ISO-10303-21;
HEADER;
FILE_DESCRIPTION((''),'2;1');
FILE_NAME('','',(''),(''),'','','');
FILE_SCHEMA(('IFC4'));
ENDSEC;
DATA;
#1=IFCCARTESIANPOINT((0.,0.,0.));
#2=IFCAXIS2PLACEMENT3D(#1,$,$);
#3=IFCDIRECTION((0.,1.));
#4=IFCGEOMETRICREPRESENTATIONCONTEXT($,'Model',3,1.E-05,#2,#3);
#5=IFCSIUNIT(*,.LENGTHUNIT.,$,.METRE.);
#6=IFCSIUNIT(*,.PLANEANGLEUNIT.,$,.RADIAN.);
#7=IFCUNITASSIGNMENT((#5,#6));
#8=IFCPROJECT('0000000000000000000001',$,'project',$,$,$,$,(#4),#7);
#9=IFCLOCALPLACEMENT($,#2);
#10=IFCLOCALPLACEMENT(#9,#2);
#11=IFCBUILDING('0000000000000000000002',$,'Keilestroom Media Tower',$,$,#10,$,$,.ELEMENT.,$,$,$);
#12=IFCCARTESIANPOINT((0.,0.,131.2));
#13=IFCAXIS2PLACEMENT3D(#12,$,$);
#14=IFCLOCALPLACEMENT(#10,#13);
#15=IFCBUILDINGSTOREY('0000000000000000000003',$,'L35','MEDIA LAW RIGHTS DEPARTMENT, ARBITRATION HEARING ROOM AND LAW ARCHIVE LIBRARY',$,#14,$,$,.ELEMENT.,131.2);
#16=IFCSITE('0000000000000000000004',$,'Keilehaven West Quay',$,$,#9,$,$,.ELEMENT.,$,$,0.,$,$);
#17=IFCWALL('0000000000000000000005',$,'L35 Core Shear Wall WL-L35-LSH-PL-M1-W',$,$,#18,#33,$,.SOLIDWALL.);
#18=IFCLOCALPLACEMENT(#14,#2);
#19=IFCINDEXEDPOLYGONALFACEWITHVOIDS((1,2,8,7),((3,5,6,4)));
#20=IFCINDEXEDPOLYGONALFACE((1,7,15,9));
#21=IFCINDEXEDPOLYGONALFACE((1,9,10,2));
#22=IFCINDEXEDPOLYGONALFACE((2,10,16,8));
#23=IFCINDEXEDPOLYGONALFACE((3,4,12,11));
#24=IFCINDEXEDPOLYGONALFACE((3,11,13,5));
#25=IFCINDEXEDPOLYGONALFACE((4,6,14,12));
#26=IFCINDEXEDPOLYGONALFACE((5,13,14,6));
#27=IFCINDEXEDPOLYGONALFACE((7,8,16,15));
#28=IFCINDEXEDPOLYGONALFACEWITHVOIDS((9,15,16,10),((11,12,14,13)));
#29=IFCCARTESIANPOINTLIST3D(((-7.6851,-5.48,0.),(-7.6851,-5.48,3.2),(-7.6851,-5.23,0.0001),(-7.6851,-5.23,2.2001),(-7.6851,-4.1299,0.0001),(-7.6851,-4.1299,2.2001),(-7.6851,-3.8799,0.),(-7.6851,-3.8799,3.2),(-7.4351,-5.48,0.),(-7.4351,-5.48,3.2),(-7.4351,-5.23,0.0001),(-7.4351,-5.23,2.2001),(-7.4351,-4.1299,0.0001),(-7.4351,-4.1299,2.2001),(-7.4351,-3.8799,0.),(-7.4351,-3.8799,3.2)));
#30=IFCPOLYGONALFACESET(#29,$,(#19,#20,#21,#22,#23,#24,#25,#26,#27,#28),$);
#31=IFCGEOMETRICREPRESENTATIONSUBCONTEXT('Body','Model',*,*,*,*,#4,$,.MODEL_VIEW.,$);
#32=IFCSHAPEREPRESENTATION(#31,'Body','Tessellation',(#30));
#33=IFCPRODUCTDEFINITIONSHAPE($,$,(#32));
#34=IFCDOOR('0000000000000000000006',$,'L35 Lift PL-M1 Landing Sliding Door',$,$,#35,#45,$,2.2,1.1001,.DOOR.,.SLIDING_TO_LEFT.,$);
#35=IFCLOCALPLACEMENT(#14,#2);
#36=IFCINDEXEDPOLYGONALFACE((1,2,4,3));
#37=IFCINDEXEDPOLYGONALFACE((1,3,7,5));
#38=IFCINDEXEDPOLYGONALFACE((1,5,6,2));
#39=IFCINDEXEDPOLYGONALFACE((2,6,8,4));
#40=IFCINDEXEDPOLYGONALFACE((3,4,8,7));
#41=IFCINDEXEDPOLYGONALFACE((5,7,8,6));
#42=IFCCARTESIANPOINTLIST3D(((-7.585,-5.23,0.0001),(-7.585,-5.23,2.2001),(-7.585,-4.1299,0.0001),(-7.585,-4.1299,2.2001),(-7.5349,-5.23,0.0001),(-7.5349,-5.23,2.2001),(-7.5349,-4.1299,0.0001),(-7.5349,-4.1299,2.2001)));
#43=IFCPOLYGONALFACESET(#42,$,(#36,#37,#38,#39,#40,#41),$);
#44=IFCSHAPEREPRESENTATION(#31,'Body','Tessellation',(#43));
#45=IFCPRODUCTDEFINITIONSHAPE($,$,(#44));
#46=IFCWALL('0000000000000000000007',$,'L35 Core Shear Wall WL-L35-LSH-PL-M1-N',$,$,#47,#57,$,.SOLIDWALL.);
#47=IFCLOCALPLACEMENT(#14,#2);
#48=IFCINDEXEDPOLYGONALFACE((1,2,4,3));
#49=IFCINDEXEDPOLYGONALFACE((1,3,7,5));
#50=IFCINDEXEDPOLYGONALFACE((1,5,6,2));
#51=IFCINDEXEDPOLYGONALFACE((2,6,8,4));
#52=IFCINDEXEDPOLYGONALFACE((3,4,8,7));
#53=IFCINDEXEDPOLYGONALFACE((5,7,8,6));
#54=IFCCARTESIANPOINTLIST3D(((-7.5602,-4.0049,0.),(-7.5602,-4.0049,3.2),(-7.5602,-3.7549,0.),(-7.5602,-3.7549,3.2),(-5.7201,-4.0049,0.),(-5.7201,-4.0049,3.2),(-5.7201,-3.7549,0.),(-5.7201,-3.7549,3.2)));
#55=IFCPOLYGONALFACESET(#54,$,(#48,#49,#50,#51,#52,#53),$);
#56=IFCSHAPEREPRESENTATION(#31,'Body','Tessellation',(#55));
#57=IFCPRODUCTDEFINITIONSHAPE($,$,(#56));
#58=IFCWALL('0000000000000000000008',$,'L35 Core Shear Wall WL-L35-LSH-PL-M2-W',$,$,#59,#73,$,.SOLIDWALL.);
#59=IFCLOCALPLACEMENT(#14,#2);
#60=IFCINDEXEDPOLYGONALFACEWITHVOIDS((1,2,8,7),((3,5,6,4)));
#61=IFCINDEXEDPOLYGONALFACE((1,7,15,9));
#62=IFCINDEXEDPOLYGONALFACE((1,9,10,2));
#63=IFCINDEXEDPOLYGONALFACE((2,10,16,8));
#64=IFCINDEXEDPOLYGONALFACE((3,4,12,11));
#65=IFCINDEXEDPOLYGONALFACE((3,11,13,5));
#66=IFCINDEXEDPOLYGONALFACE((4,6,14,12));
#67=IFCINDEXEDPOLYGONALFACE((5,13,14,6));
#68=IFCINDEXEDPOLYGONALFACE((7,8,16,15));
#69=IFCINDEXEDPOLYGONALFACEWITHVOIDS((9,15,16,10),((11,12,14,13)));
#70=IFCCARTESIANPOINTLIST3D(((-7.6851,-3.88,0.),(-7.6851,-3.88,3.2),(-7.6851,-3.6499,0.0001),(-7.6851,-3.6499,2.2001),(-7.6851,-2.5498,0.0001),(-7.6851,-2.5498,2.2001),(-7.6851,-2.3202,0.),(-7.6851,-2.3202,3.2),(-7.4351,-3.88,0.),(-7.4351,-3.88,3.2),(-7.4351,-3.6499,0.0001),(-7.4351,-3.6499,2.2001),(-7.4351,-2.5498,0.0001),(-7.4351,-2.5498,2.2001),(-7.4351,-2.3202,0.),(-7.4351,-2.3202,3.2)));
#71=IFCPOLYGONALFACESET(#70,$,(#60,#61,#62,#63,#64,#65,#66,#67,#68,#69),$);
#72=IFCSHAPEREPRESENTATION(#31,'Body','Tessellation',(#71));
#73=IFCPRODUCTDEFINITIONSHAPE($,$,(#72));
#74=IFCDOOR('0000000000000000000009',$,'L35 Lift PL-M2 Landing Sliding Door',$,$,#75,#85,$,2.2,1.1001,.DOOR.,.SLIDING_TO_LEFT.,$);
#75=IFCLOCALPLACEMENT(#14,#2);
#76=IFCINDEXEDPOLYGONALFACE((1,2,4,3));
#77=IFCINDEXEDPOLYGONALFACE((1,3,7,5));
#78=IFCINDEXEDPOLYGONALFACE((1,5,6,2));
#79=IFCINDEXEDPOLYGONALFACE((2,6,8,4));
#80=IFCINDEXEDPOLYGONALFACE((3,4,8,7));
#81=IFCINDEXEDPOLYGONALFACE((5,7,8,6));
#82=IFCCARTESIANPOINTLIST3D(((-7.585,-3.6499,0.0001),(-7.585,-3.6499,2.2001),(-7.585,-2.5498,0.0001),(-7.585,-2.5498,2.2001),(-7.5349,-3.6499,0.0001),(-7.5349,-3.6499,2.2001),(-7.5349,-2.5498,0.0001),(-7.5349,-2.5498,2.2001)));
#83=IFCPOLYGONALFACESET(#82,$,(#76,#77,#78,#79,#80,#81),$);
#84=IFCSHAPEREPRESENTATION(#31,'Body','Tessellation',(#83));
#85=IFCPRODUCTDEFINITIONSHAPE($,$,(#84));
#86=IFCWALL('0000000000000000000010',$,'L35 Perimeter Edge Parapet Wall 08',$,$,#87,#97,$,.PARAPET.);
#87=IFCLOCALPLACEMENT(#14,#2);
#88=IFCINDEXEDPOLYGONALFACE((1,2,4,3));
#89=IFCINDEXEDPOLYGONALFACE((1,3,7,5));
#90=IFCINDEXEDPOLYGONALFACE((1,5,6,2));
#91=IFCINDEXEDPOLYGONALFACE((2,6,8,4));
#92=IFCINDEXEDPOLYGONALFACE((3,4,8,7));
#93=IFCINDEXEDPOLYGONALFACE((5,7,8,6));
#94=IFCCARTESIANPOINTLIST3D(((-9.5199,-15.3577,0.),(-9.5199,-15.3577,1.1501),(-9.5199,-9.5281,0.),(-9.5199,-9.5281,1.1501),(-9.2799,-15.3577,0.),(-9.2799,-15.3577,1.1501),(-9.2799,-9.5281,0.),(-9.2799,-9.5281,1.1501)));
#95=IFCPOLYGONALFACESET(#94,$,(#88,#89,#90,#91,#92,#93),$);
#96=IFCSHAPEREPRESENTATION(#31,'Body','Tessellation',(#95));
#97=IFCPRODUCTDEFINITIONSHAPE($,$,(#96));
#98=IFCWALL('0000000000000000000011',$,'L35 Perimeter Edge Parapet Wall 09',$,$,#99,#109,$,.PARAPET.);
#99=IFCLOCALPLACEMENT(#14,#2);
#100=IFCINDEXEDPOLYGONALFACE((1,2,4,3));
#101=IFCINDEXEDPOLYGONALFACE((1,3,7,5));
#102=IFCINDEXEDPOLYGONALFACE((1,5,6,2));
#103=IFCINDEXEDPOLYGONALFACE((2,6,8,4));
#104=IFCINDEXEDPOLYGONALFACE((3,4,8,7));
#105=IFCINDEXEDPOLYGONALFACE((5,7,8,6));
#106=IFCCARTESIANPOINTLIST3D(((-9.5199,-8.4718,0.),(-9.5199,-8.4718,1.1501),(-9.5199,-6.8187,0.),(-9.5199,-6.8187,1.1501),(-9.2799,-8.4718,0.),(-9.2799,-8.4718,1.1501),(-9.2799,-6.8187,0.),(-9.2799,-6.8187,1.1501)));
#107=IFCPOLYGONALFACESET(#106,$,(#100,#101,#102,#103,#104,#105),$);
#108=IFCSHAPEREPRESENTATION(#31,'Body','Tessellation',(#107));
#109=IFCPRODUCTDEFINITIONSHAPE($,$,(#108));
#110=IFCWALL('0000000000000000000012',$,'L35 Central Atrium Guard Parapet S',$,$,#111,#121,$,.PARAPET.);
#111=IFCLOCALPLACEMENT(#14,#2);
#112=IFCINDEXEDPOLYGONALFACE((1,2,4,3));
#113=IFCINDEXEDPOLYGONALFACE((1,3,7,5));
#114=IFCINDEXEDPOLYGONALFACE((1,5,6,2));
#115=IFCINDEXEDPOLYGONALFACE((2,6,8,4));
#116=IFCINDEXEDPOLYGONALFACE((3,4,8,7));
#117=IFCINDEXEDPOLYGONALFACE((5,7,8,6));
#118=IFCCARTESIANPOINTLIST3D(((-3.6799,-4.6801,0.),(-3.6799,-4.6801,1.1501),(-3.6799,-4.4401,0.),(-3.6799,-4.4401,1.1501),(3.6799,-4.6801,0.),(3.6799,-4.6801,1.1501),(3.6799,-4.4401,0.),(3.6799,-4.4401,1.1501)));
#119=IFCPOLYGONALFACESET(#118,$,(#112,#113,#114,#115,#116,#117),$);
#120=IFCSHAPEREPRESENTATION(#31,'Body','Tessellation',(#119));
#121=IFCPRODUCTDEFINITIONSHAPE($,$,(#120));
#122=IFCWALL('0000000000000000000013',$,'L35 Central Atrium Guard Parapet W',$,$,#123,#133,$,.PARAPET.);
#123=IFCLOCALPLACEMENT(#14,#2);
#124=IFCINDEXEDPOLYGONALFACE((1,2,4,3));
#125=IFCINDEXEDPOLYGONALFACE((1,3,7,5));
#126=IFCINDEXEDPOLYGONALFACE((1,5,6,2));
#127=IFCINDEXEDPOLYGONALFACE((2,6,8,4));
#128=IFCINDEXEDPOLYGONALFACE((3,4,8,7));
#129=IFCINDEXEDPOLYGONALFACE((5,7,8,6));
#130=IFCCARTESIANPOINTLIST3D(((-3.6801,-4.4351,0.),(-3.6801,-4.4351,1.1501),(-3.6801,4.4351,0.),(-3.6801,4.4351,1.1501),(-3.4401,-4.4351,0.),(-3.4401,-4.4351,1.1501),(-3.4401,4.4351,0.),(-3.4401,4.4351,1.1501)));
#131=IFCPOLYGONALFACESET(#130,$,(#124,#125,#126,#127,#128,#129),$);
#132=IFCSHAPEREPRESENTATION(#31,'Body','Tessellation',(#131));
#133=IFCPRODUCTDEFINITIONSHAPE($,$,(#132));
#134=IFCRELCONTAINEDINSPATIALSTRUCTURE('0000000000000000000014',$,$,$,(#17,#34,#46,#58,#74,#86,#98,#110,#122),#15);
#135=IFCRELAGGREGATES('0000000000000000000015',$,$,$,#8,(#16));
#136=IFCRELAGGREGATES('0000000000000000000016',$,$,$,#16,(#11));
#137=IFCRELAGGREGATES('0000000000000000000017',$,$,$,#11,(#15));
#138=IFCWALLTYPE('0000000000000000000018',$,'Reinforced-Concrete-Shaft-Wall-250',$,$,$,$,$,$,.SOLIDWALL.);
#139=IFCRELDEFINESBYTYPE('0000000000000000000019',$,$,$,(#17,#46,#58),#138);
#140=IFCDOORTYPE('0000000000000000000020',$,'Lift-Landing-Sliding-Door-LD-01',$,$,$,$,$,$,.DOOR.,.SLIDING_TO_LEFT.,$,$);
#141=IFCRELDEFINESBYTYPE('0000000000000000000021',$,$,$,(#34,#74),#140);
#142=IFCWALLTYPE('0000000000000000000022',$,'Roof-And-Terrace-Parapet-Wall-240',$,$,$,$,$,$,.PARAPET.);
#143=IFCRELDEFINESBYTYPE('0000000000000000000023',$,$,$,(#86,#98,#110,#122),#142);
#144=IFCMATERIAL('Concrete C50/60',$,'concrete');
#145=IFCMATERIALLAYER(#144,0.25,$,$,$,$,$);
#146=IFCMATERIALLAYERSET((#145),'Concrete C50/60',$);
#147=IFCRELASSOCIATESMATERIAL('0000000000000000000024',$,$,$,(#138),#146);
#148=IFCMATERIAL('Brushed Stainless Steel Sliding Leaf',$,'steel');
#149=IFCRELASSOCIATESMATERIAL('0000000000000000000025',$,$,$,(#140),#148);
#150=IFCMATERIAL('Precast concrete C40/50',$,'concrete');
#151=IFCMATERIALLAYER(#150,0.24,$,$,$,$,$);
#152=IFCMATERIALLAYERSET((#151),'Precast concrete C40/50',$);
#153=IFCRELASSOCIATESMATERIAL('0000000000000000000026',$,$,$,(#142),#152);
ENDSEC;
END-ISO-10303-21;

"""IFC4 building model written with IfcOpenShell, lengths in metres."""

from ifc_helpers import new_model, si_unit, direction, frame, frame_2d, origin, place, context, subcontext, project, spatial, rectangle, extrude, source, transform, mapped, material, layer, layer_set, type_object, element, fill, save


model = new_model("IFC4")

# Units and contexts
model_context = context("Model", 3, precision=1e-05, world=origin(), true_north=direction((0.0, 1.0)))
body_context = subcontext(model_context, "Body", "Model", "MODEL_VIEW")
ifc_project = project(units=[si_unit("LENGTHUNIT", "METRE"), si_unit("PLANEANGLEUNIT", "RADIAN")], contexts=[model_context])

# Site, building, storey
site_placement = place(None, origin())
site = spatial("IfcSite", under=ifc_project, at=site_placement, Name="Keilehaven West Quay", CompositionType="ELEMENT", RefElevation=0.0)
building_placement = place(site_placement, origin())
building = spatial("IfcBuilding", under=site, at=building_placement, Name="Keilestroom Media Tower", CompositionType="ELEMENT")
storey_placement = place(building_placement, frame((0.0, 0.0, 131.2)))
storey = spatial("IfcBuildingStorey", under=building, at=storey_placement, Name="L35", Description="MEDIA LAW RIGHTS DEPARTMENT, ARBITRATION HEARING ROOM AND LAW ARCHIVE LIBRARY", CompositionType="ELEMENT", Elevation=131.2)

# Shared definitions
ifc_material_1 = material(Name="Precast concrete C40/50", Category="concrete")

# Shared definitions
ifc_material_2 = material(Name="Concrete C50/60", Category="concrete")
ifc_layer_1 = layer(ifc_material_2, 0.25)
ifc_layer_set_1 = layer_set([ifc_layer_1], Name="Concrete C50/60")
wall_type_1 = type_object("IfcWallType", Name="Reinforced-Concrete-Shaft-Wall-250", PredefinedType="SOLIDWALL", material=ifc_layer_set_1)

# Wall, opening, door
ifc_material_3 = material(Name="Brushed Stainless Steel Sliding Leaf", Category="steel")
wall_1_placement = place(storey_placement, frame((-7.5601, -5.48, 0.0), z_axis=(0.0, 0.0, 1.0), x_axis=(0.0, 1.0, 0.0)))
wall_1 = element("IfcWall", 1, at=wall_1_placement, inside=storey, type_object=wall_type_1, Name="L35 Core Shear Wall WL-L35-LSH-PL-M1-W", PredefinedType="SOLIDWALL", context=body_context, shape_type="SweptSolid", body=[
    extrude(rectangle(XDim=1.6001, YDim=0.25, at=frame_2d((0.8, 0.0))), origin(), (0.0, 0.0, 1.0), 3.2),
])
opening_1_placement = place(wall_1_placement, frame((0.25, 0.0, 0.0)))
opening_1 = element("IfcOpeningElement", 2, at=opening_1_placement, cuts=wall_1, PredefinedType="OPENING", context=body_context, shape_type="SweptSolid", body=[
    extrude(rectangle(XDim=1.1001, YDim=2.2, at=frame_2d((0.55, 1.1001))), frame((0.0, 0.135, 0.0), z_axis=(0.0, -1.0, 0.0), x_axis=(1.0, 0.0, 0.0)), (0.0, 0.0, 1.0), 0.27),
])
door_type_1 = type_object("IfcDoorType", Name="Lift-Landing-Sliding-Door-LD-01", OperationType="SLIDING_TO_LEFT", PredefinedType="DOOR", material=ifc_material_3)
shared_shape_1 = source(origin(), body_context, "Body", "SweptSolid", [
    extrude(rectangle(XDim=1.1001, YDim=2.2, at=frame_2d((0.55, 1.1001))), frame((0.0, 0.0249, 0.0), z_axis=(0.0, -1.0, 0.0), x_axis=(1.0, 0.0, 0.0)), (0.0, 0.0, 1.0), 0.05),
])
door_1_placement = place(opening_1_placement, origin())
door_1 = element("IfcDoor", 3, at=door_1_placement, inside=storey, type_object=door_type_1, Name="L35 Lift PL-M1 Landing Sliding Door", OperationType="SLIDING_TO_LEFT", OverallHeight=2.2, OverallWidth=1.1001, PredefinedType="DOOR", context=body_context, shape_type="MappedRepresentation", body=[
    mapped(shared_shape_1, transform((0.0, 0.0, 0.0), x_axis=(1.0, 0.0, 0.0), y_axis=(0.0, 1.0, 0.0), z_axis=(0.0, 0.0, 1.0), scale=1.0)),
])
fill(opening_1, door_1)

# Wall
wall_2_placement = place(storey_placement, frame((-7.5601, -3.8799, 0.0), z_axis=(0.0, 0.0, 1.0), x_axis=(1.0, 0.0, 0.0)))
element("IfcWall", 4, at=wall_2_placement, inside=storey, type_object=wall_type_1, Name="L35 Core Shear Wall WL-L35-LSH-PL-M1-N", PredefinedType="SOLIDWALL", context=body_context, shape_type="SweptSolid", body=[
    extrude(rectangle(XDim=1.8401, YDim=0.25, at=frame_2d((0.9199, 0.0))), origin(), (0.0, 0.0, 1.0), 3.2),
])

# Wall, opening, door
wall_3_placement = place(storey_placement, frame((-7.5601, -3.8799, 0.0), z_axis=(0.0, 0.0, 1.0), x_axis=(0.0, 1.0, 0.0)))
wall_3 = element("IfcWall", 5, at=wall_3_placement, inside=storey, type_object=wall_type_1, Name="L35 Core Shear Wall WL-L35-LSH-PL-M2-W", PredefinedType="SOLIDWALL", context=body_context, shape_type="SweptSolid", body=[
    extrude(rectangle(XDim=1.5598, YDim=0.25, at=frame_2d((0.7798, 0.0))), origin(), (0.0, 0.0, 1.0), 3.2),
])
opening_2_placement = place(wall_3_placement, frame((0.23, 0.0, 0.0)))
opening_2 = element("IfcOpeningElement", 6, at=opening_2_placement, cuts=wall_3, PredefinedType="OPENING", context=body_context, shape_type="SweptSolid", body=[
    extrude(rectangle(XDim=1.1001, YDim=2.2, at=frame_2d((0.55, 1.1001))), frame((0.0, 0.135, 0.0), z_axis=(0.0, -1.0, 0.0), x_axis=(1.0, 0.0, 0.0)), (0.0, 0.0, 1.0), 0.27),
])
door_2_placement = place(opening_2_placement, origin())
door_2 = element("IfcDoor", 7, at=door_2_placement, inside=storey, type_object=door_type_1, Name="L35 Lift PL-M2 Landing Sliding Door", OperationType="SLIDING_TO_LEFT", OverallHeight=2.2, OverallWidth=1.1001, PredefinedType="DOOR", context=body_context, shape_type="MappedRepresentation", body=[
    mapped(shared_shape_1, transform((0.0, 0.0, 0.0), x_axis=(1.0, 0.0, 0.0), y_axis=(0.0, 1.0, 0.0), z_axis=(0.0, 0.0, 1.0), scale=1.0)),
])
fill(opening_2, door_2)

# Walls
ifc_layer_2 = layer(ifc_material_1, 0.24)
ifc_layer_set_2 = layer_set([ifc_layer_2], Name="Precast concrete C40/50")
wall_type_2 = type_object("IfcWallType", Name="Roof-And-Terrace-Parapet-Wall-240", PredefinedType="PARAPET", material=ifc_layer_set_2)
wall_4_placement = place(storey_placement, frame((-9.3999, -15.3577, 0.0), z_axis=(0.0, 0.0, 1.0), x_axis=(0.0, 1.0, 0.0)))
element("IfcWall", 8, at=wall_4_placement, inside=storey, type_object=wall_type_2, Name="L35 Perimeter Edge Parapet Wall 08", PredefinedType="PARAPET", context=body_context, shape_type="SweptSolid", body=[
    extrude(rectangle(XDim=5.8296, YDim=0.24, at=frame_2d((2.9148, 0.0))), origin(), (0.0, 0.0, 1.0), 1.1501),
])
wall_5_placement = place(storey_placement, frame((-9.3999, -8.4719, 0.0), z_axis=(0.0, 0.0, 1.0), x_axis=(0.0, 1.0, 0.0)))
element("IfcWall", 9, at=wall_5_placement, inside=storey, type_object=wall_type_2, Name="L35 Perimeter Edge Parapet Wall 09", PredefinedType="PARAPET", context=body_context, shape_type="SweptSolid", body=[
    extrude(rectangle(XDim=1.6531, YDim=0.24, at=frame_2d((0.8267, 0.0))), origin(), (0.0, 0.0, 1.0), 1.1501),
])
wall_6_placement = place(storey_placement, frame((-3.6799, -4.5601, 0.0), z_axis=(0.0, 0.0, 1.0), x_axis=(1.0, 0.0, 0.0)))
element("IfcWall", 10, at=wall_6_placement, inside=storey, type_object=wall_type_2, Name="L35 Central Atrium Guard Parapet S", PredefinedType="PARAPET", context=body_context, shape_type="SweptSolid", body=[
    extrude(rectangle(XDim=7.3599, YDim=0.24, at=frame_2d((3.6799, 0.0))), origin(), (0.0, 0.0, 1.0), 1.1501),
])
wall_7_placement = place(storey_placement, frame((-3.5601, -4.4351, 0.0), z_axis=(0.0, 0.0, 1.0), x_axis=(0.0, 1.0, 0.0)))
element("IfcWall", 11, at=wall_7_placement, inside=storey, type_object=wall_type_2, Name="L35 Central Atrium Guard Parapet W", PredefinedType="PARAPET", context=body_context, shape_type="SweptSolid", body=[
    extrude(rectangle(XDim=8.8701, YDim=0.24, at=frame_2d((4.4351, 0.0))), origin(), (0.0, 0.0, 1.0), 1.1501),
])

save(model, "model.ifc")
